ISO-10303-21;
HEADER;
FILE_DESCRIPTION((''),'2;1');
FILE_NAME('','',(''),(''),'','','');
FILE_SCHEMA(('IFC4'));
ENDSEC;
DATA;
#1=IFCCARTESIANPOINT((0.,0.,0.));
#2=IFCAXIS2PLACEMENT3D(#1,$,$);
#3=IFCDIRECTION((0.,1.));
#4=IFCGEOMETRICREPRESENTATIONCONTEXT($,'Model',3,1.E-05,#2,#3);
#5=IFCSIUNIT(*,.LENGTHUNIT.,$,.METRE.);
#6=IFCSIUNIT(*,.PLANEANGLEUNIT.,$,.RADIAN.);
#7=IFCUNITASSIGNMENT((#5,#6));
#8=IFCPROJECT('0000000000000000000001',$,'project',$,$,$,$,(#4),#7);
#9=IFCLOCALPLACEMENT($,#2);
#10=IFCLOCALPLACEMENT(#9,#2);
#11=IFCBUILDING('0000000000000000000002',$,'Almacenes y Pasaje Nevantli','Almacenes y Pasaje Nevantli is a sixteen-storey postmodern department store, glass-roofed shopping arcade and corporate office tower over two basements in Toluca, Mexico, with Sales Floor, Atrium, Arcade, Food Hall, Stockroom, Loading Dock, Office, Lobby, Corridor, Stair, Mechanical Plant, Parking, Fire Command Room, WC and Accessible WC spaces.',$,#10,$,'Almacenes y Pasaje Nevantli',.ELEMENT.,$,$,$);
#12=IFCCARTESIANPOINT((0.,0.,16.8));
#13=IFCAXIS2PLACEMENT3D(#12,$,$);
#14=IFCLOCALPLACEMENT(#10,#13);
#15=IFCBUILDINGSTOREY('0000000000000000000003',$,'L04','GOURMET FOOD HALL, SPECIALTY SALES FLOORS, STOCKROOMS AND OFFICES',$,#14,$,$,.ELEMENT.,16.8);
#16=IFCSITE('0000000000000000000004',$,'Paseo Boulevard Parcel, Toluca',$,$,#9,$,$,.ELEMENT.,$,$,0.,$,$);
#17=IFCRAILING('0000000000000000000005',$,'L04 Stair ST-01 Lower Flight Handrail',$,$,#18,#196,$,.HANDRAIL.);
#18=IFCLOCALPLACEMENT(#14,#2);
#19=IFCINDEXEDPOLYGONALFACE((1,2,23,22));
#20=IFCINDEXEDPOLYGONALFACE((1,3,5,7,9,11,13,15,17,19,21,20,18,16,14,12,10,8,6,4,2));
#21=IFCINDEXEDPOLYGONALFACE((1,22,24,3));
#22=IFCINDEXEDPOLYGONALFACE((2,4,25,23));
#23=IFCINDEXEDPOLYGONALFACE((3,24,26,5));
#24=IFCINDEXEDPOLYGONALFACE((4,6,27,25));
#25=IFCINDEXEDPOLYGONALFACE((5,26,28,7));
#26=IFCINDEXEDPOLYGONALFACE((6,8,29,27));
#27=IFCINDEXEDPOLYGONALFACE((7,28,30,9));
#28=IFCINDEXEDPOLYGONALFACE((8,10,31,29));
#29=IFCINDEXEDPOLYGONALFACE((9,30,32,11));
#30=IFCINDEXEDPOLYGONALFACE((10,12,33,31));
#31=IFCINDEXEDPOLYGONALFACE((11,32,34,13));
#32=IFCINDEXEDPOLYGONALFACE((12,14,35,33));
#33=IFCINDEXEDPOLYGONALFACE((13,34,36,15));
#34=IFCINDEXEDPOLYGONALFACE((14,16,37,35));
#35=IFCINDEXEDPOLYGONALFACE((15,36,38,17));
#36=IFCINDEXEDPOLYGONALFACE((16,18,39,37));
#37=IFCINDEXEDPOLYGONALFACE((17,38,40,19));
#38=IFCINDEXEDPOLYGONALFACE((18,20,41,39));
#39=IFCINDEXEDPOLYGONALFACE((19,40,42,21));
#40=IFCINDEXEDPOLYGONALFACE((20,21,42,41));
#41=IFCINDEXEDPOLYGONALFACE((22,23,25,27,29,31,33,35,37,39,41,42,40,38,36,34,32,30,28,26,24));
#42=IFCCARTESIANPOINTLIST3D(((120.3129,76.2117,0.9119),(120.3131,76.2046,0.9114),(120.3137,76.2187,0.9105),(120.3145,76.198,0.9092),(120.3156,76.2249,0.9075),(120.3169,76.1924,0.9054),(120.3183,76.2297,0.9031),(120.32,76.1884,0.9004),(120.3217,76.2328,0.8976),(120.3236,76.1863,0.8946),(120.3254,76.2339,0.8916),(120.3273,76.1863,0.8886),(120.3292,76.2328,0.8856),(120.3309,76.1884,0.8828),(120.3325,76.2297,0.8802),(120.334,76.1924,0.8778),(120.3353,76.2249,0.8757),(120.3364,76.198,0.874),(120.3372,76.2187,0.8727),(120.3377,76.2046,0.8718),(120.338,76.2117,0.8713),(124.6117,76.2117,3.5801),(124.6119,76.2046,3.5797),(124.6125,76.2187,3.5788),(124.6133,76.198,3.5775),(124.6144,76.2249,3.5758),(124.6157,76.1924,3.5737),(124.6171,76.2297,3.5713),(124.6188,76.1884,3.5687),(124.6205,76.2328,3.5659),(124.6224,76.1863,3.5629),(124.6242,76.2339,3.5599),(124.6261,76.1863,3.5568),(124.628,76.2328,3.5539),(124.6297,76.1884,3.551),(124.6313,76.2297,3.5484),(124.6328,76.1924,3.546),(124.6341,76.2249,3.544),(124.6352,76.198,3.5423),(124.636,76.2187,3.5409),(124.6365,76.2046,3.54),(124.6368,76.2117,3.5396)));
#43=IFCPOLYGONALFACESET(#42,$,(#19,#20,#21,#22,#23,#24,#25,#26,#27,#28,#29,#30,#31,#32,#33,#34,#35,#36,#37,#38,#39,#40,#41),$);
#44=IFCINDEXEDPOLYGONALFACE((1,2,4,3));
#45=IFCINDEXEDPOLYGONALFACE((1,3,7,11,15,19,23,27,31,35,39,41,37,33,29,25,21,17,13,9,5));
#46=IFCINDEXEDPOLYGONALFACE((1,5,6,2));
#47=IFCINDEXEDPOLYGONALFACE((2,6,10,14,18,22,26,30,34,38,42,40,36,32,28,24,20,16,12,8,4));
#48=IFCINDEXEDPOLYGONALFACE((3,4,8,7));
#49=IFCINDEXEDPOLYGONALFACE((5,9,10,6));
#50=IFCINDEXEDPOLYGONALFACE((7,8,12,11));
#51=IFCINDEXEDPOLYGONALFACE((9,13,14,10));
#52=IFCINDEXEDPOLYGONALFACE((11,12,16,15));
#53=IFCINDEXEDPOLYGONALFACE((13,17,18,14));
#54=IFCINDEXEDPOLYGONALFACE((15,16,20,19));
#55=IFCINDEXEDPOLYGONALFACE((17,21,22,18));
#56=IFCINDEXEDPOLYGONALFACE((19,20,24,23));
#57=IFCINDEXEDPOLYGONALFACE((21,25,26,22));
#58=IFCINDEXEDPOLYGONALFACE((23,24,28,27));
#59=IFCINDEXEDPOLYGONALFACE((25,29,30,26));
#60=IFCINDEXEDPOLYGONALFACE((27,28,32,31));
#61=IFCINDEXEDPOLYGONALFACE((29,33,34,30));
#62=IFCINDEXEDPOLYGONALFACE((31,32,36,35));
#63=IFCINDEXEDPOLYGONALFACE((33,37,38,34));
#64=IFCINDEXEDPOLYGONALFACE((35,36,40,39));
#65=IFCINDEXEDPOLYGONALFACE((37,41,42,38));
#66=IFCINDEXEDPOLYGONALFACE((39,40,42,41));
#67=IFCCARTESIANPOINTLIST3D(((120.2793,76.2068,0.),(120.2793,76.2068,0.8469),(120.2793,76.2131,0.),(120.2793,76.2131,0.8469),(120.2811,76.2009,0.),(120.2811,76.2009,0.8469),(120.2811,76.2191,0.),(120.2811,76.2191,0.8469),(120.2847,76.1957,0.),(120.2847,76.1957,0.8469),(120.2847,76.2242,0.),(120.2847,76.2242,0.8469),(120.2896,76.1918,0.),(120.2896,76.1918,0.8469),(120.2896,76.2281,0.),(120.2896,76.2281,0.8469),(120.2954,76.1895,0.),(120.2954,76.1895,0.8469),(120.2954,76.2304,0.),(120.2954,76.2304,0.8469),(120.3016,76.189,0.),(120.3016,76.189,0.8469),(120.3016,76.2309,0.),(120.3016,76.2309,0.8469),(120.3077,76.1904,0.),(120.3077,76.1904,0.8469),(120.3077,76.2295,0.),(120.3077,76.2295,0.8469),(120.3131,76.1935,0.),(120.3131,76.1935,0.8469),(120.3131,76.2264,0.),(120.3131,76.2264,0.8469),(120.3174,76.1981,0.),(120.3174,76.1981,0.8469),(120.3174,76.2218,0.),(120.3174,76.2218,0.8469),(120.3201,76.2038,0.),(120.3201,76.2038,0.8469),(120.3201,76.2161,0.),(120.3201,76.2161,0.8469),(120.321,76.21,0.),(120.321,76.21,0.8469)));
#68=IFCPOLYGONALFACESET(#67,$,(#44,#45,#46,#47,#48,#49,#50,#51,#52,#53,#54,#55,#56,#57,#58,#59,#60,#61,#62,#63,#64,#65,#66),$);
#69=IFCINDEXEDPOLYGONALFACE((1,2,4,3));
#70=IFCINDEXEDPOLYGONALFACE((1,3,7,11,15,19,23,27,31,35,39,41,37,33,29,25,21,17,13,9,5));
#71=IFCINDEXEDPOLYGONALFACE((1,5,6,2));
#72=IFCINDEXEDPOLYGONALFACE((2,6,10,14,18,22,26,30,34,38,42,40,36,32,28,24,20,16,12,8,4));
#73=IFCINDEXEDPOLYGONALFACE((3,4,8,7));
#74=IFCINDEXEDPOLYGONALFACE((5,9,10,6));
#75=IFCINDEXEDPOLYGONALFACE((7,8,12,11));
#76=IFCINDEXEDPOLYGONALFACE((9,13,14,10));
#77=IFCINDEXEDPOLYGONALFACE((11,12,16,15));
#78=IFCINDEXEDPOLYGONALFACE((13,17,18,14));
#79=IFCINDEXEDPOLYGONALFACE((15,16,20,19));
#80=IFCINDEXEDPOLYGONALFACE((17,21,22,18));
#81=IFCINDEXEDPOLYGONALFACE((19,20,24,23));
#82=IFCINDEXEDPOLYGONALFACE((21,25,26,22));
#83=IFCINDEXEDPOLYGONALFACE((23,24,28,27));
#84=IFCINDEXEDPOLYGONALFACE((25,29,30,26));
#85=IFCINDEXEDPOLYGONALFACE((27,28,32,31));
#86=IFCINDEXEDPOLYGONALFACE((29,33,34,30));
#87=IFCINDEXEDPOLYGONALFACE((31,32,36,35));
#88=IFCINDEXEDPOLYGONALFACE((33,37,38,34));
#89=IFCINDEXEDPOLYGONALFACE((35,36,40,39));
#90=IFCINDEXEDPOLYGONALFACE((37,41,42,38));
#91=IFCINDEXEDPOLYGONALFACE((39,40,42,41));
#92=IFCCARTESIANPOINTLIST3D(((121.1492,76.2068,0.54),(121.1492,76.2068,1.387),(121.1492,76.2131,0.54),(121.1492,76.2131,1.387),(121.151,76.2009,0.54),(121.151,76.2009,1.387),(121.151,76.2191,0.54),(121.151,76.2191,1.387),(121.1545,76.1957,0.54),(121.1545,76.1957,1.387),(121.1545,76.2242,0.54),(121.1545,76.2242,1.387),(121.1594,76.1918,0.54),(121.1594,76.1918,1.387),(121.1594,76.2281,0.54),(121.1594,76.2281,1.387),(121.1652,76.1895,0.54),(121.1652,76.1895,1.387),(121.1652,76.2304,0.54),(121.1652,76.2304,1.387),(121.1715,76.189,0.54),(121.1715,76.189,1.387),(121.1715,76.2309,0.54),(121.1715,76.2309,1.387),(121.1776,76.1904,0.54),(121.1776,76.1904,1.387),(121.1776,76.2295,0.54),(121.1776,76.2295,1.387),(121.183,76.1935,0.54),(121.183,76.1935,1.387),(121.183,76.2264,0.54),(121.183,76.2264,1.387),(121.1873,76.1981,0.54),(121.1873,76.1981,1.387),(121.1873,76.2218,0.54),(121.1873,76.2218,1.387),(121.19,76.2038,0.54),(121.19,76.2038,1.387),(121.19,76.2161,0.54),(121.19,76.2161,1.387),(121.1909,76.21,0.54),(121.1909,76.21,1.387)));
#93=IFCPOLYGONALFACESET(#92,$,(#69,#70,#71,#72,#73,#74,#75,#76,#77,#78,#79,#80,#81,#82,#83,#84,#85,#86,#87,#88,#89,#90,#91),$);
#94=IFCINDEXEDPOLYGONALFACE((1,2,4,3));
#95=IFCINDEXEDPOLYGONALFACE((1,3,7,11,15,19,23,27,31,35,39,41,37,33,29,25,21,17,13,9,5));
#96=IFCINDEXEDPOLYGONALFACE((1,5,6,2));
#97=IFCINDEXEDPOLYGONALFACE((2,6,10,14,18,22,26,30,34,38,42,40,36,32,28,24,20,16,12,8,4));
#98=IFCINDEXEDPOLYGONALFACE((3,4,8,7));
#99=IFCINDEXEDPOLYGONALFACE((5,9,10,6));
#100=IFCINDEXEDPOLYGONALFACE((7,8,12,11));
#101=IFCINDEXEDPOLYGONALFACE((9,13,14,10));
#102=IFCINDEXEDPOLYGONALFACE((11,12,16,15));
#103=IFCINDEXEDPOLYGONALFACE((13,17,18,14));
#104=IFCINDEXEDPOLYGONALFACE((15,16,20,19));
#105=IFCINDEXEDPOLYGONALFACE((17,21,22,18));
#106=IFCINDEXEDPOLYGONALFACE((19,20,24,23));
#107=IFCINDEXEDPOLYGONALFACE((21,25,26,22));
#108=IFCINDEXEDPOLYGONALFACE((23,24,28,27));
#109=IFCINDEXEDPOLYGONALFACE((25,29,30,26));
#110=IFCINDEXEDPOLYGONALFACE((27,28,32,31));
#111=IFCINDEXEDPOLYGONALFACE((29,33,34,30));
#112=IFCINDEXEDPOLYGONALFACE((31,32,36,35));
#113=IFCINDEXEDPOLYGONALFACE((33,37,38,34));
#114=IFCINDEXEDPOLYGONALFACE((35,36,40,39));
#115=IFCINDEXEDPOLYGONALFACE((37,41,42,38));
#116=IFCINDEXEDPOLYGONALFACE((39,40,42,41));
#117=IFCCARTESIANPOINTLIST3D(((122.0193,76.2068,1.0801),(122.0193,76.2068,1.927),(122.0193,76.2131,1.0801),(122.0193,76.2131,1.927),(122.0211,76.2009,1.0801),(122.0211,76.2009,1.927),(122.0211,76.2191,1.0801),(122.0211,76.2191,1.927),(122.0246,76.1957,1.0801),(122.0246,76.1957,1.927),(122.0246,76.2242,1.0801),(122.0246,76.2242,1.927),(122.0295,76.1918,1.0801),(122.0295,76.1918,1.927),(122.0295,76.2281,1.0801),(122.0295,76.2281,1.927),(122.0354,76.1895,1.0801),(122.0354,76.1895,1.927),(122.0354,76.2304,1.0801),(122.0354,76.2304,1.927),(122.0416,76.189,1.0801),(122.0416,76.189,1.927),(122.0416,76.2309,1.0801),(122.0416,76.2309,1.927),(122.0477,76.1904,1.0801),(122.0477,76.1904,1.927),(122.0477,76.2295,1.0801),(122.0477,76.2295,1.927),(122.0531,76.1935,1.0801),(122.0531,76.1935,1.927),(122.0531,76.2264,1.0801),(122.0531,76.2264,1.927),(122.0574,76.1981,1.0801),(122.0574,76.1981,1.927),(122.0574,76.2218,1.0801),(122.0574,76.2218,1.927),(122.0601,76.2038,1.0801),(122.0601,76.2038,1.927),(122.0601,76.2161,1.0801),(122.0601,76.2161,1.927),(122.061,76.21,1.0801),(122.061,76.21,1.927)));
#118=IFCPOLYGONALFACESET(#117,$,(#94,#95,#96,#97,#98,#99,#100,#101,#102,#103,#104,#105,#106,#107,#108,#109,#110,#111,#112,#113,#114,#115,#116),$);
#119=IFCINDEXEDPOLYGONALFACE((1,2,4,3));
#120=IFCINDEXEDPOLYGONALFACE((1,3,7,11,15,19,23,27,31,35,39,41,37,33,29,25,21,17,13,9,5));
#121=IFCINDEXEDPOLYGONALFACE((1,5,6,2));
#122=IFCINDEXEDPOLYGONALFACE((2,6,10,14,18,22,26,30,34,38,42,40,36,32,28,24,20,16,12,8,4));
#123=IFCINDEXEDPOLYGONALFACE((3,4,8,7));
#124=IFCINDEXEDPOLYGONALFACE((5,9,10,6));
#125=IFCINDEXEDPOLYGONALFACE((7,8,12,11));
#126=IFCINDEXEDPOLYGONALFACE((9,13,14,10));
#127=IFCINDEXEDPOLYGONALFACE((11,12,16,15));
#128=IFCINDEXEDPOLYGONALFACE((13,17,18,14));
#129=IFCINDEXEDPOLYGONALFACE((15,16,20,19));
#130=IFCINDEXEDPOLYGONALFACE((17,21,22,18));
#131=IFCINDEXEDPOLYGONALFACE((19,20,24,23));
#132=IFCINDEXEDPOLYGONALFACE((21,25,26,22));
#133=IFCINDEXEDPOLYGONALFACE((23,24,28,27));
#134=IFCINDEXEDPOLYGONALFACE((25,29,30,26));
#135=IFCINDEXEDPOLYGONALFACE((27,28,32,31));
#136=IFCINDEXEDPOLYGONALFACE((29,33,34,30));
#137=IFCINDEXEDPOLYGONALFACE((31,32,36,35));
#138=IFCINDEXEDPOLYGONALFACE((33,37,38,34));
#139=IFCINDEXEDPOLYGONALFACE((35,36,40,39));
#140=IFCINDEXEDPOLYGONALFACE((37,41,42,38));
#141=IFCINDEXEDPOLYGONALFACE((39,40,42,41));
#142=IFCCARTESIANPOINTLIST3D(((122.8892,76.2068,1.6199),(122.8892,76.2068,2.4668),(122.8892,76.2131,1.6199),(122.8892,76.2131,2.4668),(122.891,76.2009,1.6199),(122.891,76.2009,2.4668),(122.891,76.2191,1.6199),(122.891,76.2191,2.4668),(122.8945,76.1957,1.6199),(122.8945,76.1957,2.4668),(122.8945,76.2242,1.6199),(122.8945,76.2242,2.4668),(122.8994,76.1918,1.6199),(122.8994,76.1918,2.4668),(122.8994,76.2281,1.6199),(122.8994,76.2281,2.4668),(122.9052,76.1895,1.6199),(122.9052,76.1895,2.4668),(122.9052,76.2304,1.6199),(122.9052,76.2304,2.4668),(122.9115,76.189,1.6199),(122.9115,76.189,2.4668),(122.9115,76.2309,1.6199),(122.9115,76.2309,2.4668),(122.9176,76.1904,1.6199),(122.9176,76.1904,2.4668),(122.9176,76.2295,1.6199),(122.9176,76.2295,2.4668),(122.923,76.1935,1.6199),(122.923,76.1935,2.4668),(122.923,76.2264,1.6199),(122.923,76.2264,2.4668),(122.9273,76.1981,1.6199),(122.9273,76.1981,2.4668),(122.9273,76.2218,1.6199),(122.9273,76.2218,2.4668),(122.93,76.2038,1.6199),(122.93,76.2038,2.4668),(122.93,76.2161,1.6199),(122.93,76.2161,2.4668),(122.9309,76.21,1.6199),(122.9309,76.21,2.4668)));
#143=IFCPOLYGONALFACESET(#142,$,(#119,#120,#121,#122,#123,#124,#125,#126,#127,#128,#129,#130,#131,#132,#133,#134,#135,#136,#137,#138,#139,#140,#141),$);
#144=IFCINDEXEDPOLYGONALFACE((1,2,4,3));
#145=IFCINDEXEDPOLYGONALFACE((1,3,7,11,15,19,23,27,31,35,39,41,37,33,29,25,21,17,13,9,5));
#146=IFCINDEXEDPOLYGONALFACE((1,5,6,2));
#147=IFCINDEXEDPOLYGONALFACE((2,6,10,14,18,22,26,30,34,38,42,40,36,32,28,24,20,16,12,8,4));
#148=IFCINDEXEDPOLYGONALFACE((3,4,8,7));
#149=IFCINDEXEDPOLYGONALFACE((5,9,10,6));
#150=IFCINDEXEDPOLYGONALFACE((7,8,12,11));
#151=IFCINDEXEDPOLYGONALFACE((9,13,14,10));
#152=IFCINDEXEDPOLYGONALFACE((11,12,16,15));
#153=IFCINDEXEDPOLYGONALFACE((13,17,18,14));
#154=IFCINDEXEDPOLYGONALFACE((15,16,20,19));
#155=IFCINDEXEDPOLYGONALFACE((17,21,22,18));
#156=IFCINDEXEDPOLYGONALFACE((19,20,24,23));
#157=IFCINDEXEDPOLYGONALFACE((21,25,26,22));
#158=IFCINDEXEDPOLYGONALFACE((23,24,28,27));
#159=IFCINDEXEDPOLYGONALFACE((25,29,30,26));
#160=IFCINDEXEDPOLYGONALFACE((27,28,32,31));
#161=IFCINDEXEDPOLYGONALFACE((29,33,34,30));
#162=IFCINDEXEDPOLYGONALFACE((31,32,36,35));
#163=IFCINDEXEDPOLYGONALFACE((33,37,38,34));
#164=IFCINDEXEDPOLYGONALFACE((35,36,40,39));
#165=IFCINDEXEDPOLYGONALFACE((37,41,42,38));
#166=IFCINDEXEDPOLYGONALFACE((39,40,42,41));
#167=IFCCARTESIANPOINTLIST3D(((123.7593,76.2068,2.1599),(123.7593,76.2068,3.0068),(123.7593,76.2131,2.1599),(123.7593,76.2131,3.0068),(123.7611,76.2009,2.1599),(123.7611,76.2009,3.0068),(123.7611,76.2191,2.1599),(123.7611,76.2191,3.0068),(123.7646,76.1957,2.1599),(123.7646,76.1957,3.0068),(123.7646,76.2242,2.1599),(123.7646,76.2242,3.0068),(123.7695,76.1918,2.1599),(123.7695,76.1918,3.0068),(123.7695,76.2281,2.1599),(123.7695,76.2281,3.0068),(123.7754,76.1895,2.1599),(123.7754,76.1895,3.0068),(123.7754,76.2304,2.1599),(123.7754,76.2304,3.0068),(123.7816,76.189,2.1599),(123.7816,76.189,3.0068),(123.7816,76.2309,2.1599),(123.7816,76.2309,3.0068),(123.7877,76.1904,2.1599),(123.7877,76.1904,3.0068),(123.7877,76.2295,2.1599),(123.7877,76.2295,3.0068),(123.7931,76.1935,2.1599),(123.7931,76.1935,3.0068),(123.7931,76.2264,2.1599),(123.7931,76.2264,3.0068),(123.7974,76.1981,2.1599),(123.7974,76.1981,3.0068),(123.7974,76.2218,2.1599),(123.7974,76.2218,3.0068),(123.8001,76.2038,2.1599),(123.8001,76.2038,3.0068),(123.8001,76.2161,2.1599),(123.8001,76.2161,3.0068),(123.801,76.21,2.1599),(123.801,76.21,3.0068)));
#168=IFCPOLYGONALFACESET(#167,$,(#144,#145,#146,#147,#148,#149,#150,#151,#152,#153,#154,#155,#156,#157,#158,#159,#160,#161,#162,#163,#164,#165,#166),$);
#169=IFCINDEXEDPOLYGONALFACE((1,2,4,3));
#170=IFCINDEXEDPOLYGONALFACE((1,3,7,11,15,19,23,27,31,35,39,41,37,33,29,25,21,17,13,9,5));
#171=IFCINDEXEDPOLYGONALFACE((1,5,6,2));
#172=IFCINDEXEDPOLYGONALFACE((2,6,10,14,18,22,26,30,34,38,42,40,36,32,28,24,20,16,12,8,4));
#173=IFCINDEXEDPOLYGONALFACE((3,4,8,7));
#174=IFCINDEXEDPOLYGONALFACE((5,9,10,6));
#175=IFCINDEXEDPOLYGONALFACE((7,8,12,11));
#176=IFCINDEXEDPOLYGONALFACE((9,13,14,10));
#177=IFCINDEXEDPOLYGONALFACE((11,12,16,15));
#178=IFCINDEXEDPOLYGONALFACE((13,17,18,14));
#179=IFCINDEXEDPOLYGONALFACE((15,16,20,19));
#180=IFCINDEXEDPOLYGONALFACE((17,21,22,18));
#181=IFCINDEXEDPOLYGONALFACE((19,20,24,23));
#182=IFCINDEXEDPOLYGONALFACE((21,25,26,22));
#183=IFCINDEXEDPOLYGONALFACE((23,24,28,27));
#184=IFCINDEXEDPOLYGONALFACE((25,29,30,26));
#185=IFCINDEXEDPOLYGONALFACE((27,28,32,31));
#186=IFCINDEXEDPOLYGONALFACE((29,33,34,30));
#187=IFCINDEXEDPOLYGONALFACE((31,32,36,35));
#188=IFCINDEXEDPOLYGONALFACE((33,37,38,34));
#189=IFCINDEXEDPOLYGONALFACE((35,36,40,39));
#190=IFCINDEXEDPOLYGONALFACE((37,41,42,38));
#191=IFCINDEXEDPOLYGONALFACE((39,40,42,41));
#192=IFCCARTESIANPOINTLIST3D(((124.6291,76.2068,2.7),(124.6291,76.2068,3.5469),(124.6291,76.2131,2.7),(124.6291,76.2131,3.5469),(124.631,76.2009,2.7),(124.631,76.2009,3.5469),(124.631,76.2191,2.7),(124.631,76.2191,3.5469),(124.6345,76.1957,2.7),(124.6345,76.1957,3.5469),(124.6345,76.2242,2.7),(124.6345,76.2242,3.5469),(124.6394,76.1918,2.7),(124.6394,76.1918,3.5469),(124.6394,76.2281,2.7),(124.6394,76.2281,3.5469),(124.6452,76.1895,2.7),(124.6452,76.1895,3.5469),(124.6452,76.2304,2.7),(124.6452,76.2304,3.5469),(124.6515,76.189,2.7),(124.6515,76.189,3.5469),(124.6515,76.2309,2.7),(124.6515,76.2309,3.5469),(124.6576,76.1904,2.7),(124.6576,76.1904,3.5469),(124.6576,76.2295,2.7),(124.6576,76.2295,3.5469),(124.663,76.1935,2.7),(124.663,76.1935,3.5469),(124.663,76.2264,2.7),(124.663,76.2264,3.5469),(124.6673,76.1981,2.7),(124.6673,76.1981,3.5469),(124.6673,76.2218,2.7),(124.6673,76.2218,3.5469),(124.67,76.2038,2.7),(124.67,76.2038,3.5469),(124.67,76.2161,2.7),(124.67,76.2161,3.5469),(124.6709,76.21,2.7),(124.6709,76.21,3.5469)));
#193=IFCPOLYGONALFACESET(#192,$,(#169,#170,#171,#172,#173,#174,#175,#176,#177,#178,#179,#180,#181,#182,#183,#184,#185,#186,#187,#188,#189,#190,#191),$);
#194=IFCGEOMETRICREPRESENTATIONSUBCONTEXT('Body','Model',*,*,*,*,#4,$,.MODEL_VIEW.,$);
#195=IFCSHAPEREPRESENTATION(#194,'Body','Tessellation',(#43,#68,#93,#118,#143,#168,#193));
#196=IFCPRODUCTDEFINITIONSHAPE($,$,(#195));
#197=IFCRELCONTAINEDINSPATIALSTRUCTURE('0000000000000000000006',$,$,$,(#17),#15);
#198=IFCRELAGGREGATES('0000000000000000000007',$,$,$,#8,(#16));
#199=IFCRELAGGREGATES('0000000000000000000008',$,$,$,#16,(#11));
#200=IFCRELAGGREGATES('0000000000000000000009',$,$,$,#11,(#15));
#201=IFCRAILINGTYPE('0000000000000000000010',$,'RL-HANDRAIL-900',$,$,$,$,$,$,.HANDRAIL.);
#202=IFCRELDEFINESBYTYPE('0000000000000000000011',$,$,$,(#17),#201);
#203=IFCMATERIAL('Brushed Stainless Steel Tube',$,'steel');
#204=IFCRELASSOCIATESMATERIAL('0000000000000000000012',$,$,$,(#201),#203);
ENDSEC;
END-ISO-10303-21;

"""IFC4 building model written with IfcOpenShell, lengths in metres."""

from ifc_helpers import new_model, si_unit, direction, frame, origin, origin_2d, place, context, subcontext, project, spatial, circle, extrude, material, type_object, element, save


model = new_model("IFC4")

# Units and contexts
model_context = context("Model", 3, precision=1e-05, world=origin(), true_north=direction((0.0, 1.0)))
body_context = subcontext(model_context, "Body", "Model", "MODEL_VIEW")
ifc_project = project(units=[si_unit("LENGTHUNIT", "METRE"), si_unit("PLANEANGLEUNIT", "RADIAN")], contexts=[model_context])

# Site, building, storey
site_placement = place(None, origin())
site = spatial("IfcSite", under=ifc_project, at=site_placement, Name="Paseo Boulevard Parcel, Toluca", CompositionType="ELEMENT", RefElevation=0.0)
building_placement = place(site_placement, origin())
building = spatial("IfcBuilding", under=site, at=building_placement, Name="Almacenes y Pasaje Nevantli", Description="Almacenes y Pasaje Nevantli is a sixteen-storey postmodern department store, glass-roofed shopping arcade and corporate office tower over two basements in Toluca, Mexico, with Sales Floor, Atrium, Arcade, Food Hall, Stockroom, Loading Dock, Office, Lobby, Corridor, Stair, Mechanical Plant, Parking, Fire Command Room, WC and Accessible WC spaces.", LongName="Almacenes y Pasaje Nevantli", CompositionType="ELEMENT")
storey_placement = place(building_placement, frame((0.0, 0.0, 16.8)))
storey = spatial("IfcBuildingStorey", under=building, at=storey_placement, Name="L04", Description="GOURMET FOOD HALL, SPECIALTY SALES FLOORS, STOCKROOMS AND OFFICES", CompositionType="ELEMENT", Elevation=16.8)

# Railing
ifc_material_1 = material(Name="Brushed Stainless Steel Tube", Category="steel")
railing_type_1 = type_object("IfcRailingType", Name="RL-HANDRAIL-900", PredefinedType="HANDRAIL", material=ifc_material_1)
railing_1_placement = place(storey_placement, frame((120.3, 76.21, 0.0)))
element("IfcRailing", 1, at=railing_1_placement, inside=storey, type_object=railing_type_1, Name="L04 Stair ST-01 Lower Flight Handrail", PredefinedType="HANDRAIL", context=body_context, shape_type="SweptSolid", body=[
    extrude(circle(Radius=0.0239, at=origin_2d()), frame((0.0254, 0.0, 0.8916), z_axis=(0.849636, 0.0, 0.527369), x_axis=(0.0, 1.0, 0.0)), (0.0, 0.0, 1.0), 5.0596),
    extrude(circle(Radius=0.021, at=origin_2d()), origin(), (0.0, 0.0, 1.0), 0.8469),
    extrude(circle(Radius=0.021, at=origin_2d()), frame((0.8699, 0.0, 0.54)), (0.0, 0.0, 1.0), 0.8469),
    extrude(circle(Radius=0.021, at=origin_2d()), frame((1.74, 0.0, 1.0801)), (0.0, 0.0, 1.0), 0.8469),
    extrude(circle(Radius=0.021, at=origin_2d()), frame((2.6099, 0.0, 1.6199)), (0.0, 0.0, 1.0), 0.8469),
    extrude(circle(Radius=0.021, at=origin_2d()), frame((3.48, 0.0, 2.1599)), (0.0, 0.0, 1.0), 0.8469),
    extrude(circle(Radius=0.021, at=origin_2d()), frame((4.3499, 0.0, 2.7)), (0.0, 0.0, 1.0), 0.8469),
])

save(model, "model.ifc")
